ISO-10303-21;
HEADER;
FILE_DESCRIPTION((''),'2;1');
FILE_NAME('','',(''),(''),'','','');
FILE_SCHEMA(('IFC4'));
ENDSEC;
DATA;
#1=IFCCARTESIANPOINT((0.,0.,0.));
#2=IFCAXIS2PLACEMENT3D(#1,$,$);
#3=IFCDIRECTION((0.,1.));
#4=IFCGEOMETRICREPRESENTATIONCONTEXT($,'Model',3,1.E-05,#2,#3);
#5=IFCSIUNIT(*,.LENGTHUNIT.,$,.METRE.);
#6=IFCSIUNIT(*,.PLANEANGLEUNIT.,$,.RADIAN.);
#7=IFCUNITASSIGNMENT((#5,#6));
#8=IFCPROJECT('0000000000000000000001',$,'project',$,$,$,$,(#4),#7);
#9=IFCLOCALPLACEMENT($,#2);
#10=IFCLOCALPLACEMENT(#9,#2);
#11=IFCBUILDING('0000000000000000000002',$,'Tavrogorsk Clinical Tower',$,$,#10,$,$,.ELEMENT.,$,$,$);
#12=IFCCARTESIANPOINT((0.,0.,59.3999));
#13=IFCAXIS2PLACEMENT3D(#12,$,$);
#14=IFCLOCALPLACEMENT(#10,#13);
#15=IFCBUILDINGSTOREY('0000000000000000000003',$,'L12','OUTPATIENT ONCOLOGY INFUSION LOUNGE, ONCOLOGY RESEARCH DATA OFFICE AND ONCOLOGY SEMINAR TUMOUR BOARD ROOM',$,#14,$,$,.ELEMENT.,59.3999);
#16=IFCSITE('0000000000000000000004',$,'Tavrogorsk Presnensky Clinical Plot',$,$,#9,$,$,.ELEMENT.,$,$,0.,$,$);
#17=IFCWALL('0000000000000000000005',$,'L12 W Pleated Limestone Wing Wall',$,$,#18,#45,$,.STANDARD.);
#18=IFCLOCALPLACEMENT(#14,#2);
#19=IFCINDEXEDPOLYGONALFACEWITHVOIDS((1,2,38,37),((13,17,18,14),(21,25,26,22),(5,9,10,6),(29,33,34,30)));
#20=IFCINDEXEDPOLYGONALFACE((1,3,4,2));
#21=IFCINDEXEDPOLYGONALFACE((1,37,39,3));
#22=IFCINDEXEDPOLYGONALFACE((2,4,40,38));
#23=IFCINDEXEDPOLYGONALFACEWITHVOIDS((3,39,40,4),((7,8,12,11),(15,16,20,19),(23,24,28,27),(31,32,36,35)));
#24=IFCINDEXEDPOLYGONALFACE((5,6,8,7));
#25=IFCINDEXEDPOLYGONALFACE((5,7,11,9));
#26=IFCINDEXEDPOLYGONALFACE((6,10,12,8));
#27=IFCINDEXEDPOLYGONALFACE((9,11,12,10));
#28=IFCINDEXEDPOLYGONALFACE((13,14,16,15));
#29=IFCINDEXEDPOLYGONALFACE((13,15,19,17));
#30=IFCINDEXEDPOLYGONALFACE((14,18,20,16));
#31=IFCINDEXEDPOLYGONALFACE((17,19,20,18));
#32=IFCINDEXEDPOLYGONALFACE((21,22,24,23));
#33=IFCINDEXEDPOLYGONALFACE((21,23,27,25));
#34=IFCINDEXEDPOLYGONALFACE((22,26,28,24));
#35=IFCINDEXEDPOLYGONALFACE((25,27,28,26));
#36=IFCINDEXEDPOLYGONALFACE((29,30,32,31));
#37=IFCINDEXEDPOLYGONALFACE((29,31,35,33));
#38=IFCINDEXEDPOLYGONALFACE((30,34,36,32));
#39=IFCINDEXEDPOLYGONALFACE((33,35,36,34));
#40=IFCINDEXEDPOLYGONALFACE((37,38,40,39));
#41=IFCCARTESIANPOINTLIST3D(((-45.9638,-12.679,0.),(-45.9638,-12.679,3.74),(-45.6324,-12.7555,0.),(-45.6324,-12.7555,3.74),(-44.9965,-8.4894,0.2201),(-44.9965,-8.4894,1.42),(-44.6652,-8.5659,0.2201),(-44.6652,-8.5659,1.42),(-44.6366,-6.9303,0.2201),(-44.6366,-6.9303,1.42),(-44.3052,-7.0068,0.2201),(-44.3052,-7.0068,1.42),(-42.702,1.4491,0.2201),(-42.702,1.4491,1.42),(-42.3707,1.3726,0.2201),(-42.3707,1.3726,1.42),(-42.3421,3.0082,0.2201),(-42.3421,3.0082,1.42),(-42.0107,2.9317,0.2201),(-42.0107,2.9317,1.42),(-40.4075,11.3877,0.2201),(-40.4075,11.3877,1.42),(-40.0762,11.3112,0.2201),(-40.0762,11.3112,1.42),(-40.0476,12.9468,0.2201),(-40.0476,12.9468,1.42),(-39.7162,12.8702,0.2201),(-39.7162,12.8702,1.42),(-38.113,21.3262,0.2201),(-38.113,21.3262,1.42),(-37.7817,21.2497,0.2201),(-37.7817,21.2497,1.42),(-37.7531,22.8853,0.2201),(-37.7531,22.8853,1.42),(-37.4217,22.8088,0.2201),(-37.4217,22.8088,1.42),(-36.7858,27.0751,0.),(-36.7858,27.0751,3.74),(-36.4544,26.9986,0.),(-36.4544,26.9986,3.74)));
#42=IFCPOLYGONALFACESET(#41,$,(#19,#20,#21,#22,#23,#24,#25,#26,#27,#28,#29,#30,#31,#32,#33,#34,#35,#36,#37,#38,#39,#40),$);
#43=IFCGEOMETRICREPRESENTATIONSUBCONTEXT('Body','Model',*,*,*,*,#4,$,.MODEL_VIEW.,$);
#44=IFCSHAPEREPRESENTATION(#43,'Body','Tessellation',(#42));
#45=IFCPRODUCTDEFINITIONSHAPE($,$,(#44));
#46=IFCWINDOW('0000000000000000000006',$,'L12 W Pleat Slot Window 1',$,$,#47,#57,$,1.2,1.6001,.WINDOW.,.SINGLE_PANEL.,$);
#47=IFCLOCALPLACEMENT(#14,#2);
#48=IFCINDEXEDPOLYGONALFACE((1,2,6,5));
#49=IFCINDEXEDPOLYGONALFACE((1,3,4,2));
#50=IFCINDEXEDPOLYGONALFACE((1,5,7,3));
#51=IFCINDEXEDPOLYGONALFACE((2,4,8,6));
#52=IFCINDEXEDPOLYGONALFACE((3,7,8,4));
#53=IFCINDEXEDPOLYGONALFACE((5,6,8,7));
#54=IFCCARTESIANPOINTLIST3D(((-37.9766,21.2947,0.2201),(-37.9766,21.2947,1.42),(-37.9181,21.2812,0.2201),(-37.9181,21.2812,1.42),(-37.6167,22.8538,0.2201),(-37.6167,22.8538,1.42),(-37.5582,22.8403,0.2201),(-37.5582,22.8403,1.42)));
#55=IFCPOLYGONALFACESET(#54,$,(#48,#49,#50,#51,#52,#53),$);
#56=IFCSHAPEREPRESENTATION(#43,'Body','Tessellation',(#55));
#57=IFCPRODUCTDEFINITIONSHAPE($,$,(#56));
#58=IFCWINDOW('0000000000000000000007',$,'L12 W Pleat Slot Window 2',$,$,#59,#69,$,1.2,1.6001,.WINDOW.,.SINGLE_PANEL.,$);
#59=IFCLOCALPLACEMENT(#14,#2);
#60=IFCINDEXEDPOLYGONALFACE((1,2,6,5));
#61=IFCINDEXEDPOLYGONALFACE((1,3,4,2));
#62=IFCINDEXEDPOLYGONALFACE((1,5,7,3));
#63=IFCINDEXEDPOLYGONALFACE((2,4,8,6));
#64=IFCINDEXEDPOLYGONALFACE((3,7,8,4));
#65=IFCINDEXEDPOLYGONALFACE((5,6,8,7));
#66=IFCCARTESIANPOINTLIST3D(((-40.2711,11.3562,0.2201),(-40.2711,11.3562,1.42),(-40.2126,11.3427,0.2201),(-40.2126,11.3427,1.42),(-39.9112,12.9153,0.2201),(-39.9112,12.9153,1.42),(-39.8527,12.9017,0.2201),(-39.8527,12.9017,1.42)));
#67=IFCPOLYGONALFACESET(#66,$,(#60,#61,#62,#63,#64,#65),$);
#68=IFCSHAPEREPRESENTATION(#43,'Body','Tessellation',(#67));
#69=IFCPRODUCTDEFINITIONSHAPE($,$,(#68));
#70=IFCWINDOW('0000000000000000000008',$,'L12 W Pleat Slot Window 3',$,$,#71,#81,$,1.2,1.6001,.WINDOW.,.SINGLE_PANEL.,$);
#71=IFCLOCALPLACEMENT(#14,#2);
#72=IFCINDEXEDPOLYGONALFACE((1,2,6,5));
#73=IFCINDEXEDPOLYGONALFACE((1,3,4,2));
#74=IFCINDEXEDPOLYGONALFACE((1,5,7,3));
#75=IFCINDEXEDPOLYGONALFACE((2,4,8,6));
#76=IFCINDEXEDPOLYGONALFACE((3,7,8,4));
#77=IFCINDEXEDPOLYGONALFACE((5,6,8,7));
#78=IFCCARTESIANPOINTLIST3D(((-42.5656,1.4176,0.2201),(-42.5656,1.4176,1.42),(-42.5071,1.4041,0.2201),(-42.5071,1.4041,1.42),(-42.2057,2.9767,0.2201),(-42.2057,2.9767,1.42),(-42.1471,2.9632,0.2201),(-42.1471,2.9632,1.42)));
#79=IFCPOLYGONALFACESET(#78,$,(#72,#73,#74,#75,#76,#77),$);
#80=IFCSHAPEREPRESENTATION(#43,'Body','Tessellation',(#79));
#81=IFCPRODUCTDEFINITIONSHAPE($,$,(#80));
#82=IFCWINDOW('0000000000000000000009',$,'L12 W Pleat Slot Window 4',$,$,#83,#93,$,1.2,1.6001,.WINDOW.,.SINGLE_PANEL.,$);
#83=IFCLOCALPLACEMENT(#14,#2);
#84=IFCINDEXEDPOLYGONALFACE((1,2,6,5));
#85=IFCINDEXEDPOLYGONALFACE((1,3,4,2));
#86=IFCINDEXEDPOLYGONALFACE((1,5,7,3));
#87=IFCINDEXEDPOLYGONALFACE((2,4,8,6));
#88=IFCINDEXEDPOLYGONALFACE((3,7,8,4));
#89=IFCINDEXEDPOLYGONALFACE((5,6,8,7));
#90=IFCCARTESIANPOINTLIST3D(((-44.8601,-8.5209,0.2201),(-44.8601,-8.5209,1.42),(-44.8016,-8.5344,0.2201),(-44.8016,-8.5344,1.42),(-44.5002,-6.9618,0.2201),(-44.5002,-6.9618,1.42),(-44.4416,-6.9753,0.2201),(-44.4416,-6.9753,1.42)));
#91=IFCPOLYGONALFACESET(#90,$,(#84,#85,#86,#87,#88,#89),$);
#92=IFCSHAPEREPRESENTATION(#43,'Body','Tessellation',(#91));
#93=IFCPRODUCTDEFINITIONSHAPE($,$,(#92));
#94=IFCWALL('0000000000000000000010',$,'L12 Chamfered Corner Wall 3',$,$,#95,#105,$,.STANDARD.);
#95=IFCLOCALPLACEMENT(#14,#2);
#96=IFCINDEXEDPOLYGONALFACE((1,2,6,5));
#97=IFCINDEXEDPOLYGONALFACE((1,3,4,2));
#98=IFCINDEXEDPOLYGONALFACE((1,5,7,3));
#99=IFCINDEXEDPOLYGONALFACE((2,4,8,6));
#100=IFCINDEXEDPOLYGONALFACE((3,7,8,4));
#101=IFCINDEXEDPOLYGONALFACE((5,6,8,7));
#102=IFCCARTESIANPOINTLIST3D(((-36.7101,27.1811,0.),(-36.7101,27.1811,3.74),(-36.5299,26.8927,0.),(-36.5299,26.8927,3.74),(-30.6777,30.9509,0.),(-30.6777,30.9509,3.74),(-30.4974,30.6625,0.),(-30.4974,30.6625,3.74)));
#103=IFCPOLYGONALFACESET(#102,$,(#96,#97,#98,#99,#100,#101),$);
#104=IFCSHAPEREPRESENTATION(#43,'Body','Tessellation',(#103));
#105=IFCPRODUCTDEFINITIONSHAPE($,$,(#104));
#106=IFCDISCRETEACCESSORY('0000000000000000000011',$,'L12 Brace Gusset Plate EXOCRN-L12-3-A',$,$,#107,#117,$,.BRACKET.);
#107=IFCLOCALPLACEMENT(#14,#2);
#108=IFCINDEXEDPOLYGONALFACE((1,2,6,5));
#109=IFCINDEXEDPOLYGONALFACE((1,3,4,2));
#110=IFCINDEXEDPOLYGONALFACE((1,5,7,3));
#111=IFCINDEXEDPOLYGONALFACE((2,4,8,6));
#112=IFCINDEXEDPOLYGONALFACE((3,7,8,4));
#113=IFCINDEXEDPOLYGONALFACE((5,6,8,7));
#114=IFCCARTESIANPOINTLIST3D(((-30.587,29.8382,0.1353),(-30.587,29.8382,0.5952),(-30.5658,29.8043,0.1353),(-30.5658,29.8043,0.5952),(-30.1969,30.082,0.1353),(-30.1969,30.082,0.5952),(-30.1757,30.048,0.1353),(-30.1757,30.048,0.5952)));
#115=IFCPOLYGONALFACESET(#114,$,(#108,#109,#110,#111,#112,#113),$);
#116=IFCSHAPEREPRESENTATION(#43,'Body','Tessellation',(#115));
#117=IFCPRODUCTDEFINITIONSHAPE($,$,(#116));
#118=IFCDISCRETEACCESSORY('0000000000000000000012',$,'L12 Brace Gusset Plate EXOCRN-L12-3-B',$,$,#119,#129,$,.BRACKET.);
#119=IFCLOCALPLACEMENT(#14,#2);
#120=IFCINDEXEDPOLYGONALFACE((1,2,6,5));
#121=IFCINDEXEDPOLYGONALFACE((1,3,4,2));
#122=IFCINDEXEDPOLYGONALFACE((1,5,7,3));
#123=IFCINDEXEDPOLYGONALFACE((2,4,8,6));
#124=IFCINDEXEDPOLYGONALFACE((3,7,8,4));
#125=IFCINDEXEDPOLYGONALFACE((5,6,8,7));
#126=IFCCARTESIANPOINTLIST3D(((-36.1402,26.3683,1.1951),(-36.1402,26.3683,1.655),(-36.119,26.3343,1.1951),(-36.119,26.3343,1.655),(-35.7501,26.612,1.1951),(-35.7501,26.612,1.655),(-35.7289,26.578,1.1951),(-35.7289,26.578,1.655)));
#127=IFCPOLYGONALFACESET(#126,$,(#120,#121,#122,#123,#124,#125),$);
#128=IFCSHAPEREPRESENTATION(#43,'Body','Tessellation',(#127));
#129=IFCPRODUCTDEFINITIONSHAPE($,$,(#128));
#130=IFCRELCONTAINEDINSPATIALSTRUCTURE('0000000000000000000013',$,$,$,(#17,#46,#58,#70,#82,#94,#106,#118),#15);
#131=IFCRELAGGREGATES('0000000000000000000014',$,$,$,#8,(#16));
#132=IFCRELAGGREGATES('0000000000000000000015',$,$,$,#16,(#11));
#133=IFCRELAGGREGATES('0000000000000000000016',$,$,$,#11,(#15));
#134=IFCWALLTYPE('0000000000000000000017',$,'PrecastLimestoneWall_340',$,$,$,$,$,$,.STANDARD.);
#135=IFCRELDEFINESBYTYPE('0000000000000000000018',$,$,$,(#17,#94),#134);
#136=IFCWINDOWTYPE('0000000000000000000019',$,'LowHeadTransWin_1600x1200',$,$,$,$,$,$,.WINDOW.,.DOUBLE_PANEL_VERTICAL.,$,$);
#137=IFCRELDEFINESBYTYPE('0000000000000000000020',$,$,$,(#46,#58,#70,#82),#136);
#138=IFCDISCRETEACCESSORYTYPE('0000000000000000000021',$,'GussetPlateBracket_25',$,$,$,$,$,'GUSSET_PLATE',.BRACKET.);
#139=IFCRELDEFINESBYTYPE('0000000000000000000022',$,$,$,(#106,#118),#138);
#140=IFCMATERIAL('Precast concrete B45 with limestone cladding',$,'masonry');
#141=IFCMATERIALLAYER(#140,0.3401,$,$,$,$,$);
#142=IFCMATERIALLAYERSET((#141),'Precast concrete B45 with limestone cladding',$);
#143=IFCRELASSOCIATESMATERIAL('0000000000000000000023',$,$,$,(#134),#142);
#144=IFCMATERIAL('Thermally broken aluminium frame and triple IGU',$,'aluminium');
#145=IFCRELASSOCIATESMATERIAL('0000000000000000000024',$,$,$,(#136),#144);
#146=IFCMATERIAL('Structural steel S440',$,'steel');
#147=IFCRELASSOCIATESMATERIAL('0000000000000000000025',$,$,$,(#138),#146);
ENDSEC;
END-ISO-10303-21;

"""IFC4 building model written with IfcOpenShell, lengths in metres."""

from ifc_helpers import new_model, si_unit, direction, frame, frame_2d, origin, origin_2d, place, context, subcontext, project, spatial, rectangle, extrude, material, layer, layer_set, type_object, element, fill, save


model = new_model("IFC4")

# Units and contexts
model_context = context("Model", 3, precision=1e-05, world=origin(), true_north=direction((0.0, 1.0)))
body_context = subcontext(model_context, "Body", "Model", "MODEL_VIEW")
ifc_project = project(units=[si_unit("LENGTHUNIT", "METRE"), si_unit("PLANEANGLEUNIT", "RADIAN")], contexts=[model_context])

# Site, building, storey
site_placement = place(None, origin())
site = spatial("IfcSite", under=ifc_project, at=site_placement, Name="Tavrogorsk Presnensky Clinical Plot", CompositionType="ELEMENT", RefElevation=0.0)
building_placement = place(site_placement, origin())
building = spatial("IfcBuilding", under=site, at=building_placement, Name="Tavrogorsk Clinical Tower", CompositionType="ELEMENT")
storey_placement = place(building_placement, frame((0.0, 0.0, 59.3999)))
storey = spatial("IfcBuildingStorey", under=building, at=storey_placement, Name="L12", Description="OUTPATIENT ONCOLOGY INFUSION LOUNGE, ONCOLOGY RESEARCH DATA OFFICE AND ONCOLOGY SEMINAR TUMOUR BOARD ROOM", CompositionType="ELEMENT", Elevation=59.3999)

# Wall, openings, windows
ifc_material_1 = material(Name="Precast concrete B45 with limestone cladding", Category="masonry")
ifc_layer_1 = layer(ifc_material_1, 0.3401)
ifc_layer_set_1 = layer_set([ifc_layer_1], Name="Precast concrete B45 with limestone cladding")
wall_type_1 = type_object("IfcWallType", Name="PrecastLimestoneWall_340", PredefinedType="STANDARD", material=ifc_layer_set_1)
wall_1_placement = place(storey_placement, frame((-36.6201, 27.0369, 0.0), z_axis=(0.0, 0.0, 1.0), x_axis=(-0.224951, -0.97437, 0.0)))
wall_1 = element("IfcWall", 1, at=wall_1_placement, inside=storey, type_object=wall_type_1, Name="L12 W Pleated Limestone Wing Wall", PredefinedType="STANDARD", context=body_context, shape_type="SweptSolid", body=[
    extrude(rectangle(XDim=40.7998, YDim=0.3401, at=frame_2d((20.3999, 0.0))), origin(), (0.0, 0.0, 1.0), 3.74),
])
opening_1_placement = place(wall_1_placement, frame((4.3, 0.0, 0.22)))
opening_1 = element("IfcOpeningElement", 2, at=opening_1_placement, cuts=wall_1, PredefinedType="OPENING", context=body_context, shape_type="SweptSolid", body=[
    extrude(rectangle(XDim=1.6001, YDim=1.2, at=frame_2d((0.8, 0.6001))), frame((0.0, 0.1799, 0.0), z_axis=(0.0, -1.0, 0.0), x_axis=(1.0, 0.0, 0.0)), (0.0, 0.0, 1.0), 0.3601),
])
opening_2_placement = place(wall_1_placement, frame((14.5, 0.0, 0.22)))
opening_2 = element("IfcOpeningElement", 3, at=opening_2_placement, cuts=wall_1, PredefinedType="OPENING", context=body_context, shape_type="SweptSolid", body=[
    extrude(rectangle(XDim=1.6001, YDim=1.2, at=frame_2d((0.8, 0.6001))), frame((0.0, 0.1799, 0.0), z_axis=(0.0, -1.0, 0.0), x_axis=(1.0, 0.0, 0.0)), (0.0, 0.0, 1.0), 0.3601),
])
opening_3_placement = place(wall_1_placement, frame((24.7, 0.0, 0.22)))
opening_3 = element("IfcOpeningElement", 4, at=opening_3_placement, cuts=wall_1, PredefinedType="OPENING", context=body_context, shape_type="SweptSolid", body=[
    extrude(rectangle(XDim=1.6001, YDim=1.2, at=frame_2d((0.8, 0.6001))), frame((0.0, 0.1799, 0.0), z_axis=(0.0, -1.0, 0.0), x_axis=(1.0, 0.0, 0.0)), (0.0, 0.0, 1.0), 0.3601),
])
opening_4_placement = place(wall_1_placement, frame((34.8999, 0.0, 0.22)))
opening_4 = element("IfcOpeningElement", 5, at=opening_4_placement, cuts=wall_1, PredefinedType="OPENING", context=body_context, shape_type="SweptSolid", body=[
    extrude(rectangle(XDim=1.6001, YDim=1.2, at=frame_2d((0.8, 0.6001))), frame((0.0, 0.1799, 0.0), z_axis=(0.0, -1.0, 0.0), x_axis=(1.0, 0.0, 0.0)), (0.0, 0.0, 1.0), 0.3601),
])
ifc_material_2 = material(Name="Thermally broken aluminium frame and triple IGU", Category="aluminium")
window_type = type_object("IfcWindowType", Name="LowHeadTransWin_1600x1200", PartitioningType="DOUBLE_PANEL_VERTICAL", PredefinedType="WINDOW", material=ifc_material_2)
window_1_placement = place(opening_1_placement, origin())
window_1 = element("IfcWindow", 6, at=window_1_placement, inside=storey, type_object=window_type, Name="L12 W Pleat Slot Window 1", OverallHeight=1.2, OverallWidth=1.6001, PartitioningType="SINGLE_PANEL", PredefinedType="WINDOW", context=body_context, shape_type="SweptSolid", body=[
    extrude(rectangle(XDim=1.6001, YDim=1.2, at=frame_2d((0.8, 0.6001))), frame((0.0, 0.03, 0.0), z_axis=(0.0, -1.0, 0.0), x_axis=(1.0, 0.0, 0.0)), (0.0, 0.0, 1.0), 0.0601),
])
fill(opening_1, window_1)
window_2_placement = place(opening_2_placement, origin())
window_2 = element("IfcWindow", 7, at=window_2_placement, inside=storey, type_object=window_type, Name="L12 W Pleat Slot Window 2", OverallHeight=1.2, OverallWidth=1.6001, PartitioningType="SINGLE_PANEL", PredefinedType="WINDOW", context=body_context, shape_type="SweptSolid", body=[
    extrude(rectangle(XDim=1.6001, YDim=1.2, at=frame_2d((0.8, 0.6001))), frame((0.0, 0.03, 0.0), z_axis=(0.0, -1.0, 0.0), x_axis=(1.0, 0.0, 0.0)), (0.0, 0.0, 1.0), 0.0601),
])
fill(opening_2, window_2)
window_3_placement = place(opening_3_placement, origin())
window_3 = element("IfcWindow", 8, at=window_3_placement, inside=storey, type_object=window_type, Name="L12 W Pleat Slot Window 3", OverallHeight=1.2, OverallWidth=1.6001, PartitioningType="SINGLE_PANEL", PredefinedType="WINDOW", context=body_context, shape_type="SweptSolid", body=[
    extrude(rectangle(XDim=1.6001, YDim=1.2, at=frame_2d((0.8, 0.6001))), frame((0.0, 0.03, 0.0), z_axis=(0.0, -1.0, 0.0), x_axis=(1.0, 0.0, 0.0)), (0.0, 0.0, 1.0), 0.0601),
])
fill(opening_3, window_3)
window_4_placement = place(opening_4_placement, origin())
window_4 = element("IfcWindow", 9, at=window_4_placement, inside=storey, type_object=window_type, Name="L12 W Pleat Slot Window 4", OverallHeight=1.2, OverallWidth=1.6001, PartitioningType="SINGLE_PANEL", PredefinedType="WINDOW", context=body_context, shape_type="SweptSolid", body=[
    extrude(rectangle(XDim=1.6001, YDim=1.2, at=frame_2d((0.8, 0.6001))), frame((0.0, 0.03, 0.0), z_axis=(0.0, -1.0, 0.0), x_axis=(1.0, 0.0, 0.0)), (0.0, 0.0, 1.0), 0.0601),
])
fill(opening_4, window_4)

# Wall
wall_2_placement = place(storey_placement, frame((-30.5876, 30.8066, 0.0), z_axis=(0.0, 0.0, 1.0), x_axis=(-0.848031, -0.529946, 0.0)))
element("IfcWall", 10, at=wall_2_placement, inside=storey, type_object=wall_type_1, Name="L12 Chamfered Corner Wall 3", PredefinedType="STANDARD", context=body_context, shape_type="SweptSolid", body=[
    extrude(rectangle(XDim=7.1135, YDim=0.3401, at=frame_2d((3.5566, 0.0))), origin(), (0.0, 0.0, 1.0), 3.74),
])

# Discrete accessories
ifc_material_3 = material(Name="Structural steel S440", Category="steel")
discrete_accessory_type = type_object("IfcDiscreteAccessoryType", Name="GussetPlateBracket_25", ElementType="GUSSET_PLATE", PredefinedType="BRACKET", material=ifc_material_3)
for number, where, z_axis, x_axis, name in (
    (11, (-30.3813, 29.9431, 0.1353), (0.0, 0.0, 1.0), (-0.848048, -0.529919, 0.0), "L12 Brace Gusset Plate EXOCRN-L12-3-A"),
    (12, (-35.9346, 26.4731, 1.1951), (0.0, 0.0, 1.0), (-0.848048, -0.529919, 0.0), "L12 Brace Gusset Plate EXOCRN-L12-3-B"),
):
    element("IfcDiscreteAccessory", number, at=place(storey_placement, frame(where, z_axis=z_axis, x_axis=x_axis)), inside=storey, type_object=discrete_accessory_type, Name=name, PredefinedType="BRACKET", context=body_context, shape_type="SweptSolid", body=[
        extrude(rectangle(XDim=0.46, YDim=0.04, at=origin_2d()), origin(), (0.0, 0.0, 1.0), 0.46),
    ])

save(model, "model.ifc")
